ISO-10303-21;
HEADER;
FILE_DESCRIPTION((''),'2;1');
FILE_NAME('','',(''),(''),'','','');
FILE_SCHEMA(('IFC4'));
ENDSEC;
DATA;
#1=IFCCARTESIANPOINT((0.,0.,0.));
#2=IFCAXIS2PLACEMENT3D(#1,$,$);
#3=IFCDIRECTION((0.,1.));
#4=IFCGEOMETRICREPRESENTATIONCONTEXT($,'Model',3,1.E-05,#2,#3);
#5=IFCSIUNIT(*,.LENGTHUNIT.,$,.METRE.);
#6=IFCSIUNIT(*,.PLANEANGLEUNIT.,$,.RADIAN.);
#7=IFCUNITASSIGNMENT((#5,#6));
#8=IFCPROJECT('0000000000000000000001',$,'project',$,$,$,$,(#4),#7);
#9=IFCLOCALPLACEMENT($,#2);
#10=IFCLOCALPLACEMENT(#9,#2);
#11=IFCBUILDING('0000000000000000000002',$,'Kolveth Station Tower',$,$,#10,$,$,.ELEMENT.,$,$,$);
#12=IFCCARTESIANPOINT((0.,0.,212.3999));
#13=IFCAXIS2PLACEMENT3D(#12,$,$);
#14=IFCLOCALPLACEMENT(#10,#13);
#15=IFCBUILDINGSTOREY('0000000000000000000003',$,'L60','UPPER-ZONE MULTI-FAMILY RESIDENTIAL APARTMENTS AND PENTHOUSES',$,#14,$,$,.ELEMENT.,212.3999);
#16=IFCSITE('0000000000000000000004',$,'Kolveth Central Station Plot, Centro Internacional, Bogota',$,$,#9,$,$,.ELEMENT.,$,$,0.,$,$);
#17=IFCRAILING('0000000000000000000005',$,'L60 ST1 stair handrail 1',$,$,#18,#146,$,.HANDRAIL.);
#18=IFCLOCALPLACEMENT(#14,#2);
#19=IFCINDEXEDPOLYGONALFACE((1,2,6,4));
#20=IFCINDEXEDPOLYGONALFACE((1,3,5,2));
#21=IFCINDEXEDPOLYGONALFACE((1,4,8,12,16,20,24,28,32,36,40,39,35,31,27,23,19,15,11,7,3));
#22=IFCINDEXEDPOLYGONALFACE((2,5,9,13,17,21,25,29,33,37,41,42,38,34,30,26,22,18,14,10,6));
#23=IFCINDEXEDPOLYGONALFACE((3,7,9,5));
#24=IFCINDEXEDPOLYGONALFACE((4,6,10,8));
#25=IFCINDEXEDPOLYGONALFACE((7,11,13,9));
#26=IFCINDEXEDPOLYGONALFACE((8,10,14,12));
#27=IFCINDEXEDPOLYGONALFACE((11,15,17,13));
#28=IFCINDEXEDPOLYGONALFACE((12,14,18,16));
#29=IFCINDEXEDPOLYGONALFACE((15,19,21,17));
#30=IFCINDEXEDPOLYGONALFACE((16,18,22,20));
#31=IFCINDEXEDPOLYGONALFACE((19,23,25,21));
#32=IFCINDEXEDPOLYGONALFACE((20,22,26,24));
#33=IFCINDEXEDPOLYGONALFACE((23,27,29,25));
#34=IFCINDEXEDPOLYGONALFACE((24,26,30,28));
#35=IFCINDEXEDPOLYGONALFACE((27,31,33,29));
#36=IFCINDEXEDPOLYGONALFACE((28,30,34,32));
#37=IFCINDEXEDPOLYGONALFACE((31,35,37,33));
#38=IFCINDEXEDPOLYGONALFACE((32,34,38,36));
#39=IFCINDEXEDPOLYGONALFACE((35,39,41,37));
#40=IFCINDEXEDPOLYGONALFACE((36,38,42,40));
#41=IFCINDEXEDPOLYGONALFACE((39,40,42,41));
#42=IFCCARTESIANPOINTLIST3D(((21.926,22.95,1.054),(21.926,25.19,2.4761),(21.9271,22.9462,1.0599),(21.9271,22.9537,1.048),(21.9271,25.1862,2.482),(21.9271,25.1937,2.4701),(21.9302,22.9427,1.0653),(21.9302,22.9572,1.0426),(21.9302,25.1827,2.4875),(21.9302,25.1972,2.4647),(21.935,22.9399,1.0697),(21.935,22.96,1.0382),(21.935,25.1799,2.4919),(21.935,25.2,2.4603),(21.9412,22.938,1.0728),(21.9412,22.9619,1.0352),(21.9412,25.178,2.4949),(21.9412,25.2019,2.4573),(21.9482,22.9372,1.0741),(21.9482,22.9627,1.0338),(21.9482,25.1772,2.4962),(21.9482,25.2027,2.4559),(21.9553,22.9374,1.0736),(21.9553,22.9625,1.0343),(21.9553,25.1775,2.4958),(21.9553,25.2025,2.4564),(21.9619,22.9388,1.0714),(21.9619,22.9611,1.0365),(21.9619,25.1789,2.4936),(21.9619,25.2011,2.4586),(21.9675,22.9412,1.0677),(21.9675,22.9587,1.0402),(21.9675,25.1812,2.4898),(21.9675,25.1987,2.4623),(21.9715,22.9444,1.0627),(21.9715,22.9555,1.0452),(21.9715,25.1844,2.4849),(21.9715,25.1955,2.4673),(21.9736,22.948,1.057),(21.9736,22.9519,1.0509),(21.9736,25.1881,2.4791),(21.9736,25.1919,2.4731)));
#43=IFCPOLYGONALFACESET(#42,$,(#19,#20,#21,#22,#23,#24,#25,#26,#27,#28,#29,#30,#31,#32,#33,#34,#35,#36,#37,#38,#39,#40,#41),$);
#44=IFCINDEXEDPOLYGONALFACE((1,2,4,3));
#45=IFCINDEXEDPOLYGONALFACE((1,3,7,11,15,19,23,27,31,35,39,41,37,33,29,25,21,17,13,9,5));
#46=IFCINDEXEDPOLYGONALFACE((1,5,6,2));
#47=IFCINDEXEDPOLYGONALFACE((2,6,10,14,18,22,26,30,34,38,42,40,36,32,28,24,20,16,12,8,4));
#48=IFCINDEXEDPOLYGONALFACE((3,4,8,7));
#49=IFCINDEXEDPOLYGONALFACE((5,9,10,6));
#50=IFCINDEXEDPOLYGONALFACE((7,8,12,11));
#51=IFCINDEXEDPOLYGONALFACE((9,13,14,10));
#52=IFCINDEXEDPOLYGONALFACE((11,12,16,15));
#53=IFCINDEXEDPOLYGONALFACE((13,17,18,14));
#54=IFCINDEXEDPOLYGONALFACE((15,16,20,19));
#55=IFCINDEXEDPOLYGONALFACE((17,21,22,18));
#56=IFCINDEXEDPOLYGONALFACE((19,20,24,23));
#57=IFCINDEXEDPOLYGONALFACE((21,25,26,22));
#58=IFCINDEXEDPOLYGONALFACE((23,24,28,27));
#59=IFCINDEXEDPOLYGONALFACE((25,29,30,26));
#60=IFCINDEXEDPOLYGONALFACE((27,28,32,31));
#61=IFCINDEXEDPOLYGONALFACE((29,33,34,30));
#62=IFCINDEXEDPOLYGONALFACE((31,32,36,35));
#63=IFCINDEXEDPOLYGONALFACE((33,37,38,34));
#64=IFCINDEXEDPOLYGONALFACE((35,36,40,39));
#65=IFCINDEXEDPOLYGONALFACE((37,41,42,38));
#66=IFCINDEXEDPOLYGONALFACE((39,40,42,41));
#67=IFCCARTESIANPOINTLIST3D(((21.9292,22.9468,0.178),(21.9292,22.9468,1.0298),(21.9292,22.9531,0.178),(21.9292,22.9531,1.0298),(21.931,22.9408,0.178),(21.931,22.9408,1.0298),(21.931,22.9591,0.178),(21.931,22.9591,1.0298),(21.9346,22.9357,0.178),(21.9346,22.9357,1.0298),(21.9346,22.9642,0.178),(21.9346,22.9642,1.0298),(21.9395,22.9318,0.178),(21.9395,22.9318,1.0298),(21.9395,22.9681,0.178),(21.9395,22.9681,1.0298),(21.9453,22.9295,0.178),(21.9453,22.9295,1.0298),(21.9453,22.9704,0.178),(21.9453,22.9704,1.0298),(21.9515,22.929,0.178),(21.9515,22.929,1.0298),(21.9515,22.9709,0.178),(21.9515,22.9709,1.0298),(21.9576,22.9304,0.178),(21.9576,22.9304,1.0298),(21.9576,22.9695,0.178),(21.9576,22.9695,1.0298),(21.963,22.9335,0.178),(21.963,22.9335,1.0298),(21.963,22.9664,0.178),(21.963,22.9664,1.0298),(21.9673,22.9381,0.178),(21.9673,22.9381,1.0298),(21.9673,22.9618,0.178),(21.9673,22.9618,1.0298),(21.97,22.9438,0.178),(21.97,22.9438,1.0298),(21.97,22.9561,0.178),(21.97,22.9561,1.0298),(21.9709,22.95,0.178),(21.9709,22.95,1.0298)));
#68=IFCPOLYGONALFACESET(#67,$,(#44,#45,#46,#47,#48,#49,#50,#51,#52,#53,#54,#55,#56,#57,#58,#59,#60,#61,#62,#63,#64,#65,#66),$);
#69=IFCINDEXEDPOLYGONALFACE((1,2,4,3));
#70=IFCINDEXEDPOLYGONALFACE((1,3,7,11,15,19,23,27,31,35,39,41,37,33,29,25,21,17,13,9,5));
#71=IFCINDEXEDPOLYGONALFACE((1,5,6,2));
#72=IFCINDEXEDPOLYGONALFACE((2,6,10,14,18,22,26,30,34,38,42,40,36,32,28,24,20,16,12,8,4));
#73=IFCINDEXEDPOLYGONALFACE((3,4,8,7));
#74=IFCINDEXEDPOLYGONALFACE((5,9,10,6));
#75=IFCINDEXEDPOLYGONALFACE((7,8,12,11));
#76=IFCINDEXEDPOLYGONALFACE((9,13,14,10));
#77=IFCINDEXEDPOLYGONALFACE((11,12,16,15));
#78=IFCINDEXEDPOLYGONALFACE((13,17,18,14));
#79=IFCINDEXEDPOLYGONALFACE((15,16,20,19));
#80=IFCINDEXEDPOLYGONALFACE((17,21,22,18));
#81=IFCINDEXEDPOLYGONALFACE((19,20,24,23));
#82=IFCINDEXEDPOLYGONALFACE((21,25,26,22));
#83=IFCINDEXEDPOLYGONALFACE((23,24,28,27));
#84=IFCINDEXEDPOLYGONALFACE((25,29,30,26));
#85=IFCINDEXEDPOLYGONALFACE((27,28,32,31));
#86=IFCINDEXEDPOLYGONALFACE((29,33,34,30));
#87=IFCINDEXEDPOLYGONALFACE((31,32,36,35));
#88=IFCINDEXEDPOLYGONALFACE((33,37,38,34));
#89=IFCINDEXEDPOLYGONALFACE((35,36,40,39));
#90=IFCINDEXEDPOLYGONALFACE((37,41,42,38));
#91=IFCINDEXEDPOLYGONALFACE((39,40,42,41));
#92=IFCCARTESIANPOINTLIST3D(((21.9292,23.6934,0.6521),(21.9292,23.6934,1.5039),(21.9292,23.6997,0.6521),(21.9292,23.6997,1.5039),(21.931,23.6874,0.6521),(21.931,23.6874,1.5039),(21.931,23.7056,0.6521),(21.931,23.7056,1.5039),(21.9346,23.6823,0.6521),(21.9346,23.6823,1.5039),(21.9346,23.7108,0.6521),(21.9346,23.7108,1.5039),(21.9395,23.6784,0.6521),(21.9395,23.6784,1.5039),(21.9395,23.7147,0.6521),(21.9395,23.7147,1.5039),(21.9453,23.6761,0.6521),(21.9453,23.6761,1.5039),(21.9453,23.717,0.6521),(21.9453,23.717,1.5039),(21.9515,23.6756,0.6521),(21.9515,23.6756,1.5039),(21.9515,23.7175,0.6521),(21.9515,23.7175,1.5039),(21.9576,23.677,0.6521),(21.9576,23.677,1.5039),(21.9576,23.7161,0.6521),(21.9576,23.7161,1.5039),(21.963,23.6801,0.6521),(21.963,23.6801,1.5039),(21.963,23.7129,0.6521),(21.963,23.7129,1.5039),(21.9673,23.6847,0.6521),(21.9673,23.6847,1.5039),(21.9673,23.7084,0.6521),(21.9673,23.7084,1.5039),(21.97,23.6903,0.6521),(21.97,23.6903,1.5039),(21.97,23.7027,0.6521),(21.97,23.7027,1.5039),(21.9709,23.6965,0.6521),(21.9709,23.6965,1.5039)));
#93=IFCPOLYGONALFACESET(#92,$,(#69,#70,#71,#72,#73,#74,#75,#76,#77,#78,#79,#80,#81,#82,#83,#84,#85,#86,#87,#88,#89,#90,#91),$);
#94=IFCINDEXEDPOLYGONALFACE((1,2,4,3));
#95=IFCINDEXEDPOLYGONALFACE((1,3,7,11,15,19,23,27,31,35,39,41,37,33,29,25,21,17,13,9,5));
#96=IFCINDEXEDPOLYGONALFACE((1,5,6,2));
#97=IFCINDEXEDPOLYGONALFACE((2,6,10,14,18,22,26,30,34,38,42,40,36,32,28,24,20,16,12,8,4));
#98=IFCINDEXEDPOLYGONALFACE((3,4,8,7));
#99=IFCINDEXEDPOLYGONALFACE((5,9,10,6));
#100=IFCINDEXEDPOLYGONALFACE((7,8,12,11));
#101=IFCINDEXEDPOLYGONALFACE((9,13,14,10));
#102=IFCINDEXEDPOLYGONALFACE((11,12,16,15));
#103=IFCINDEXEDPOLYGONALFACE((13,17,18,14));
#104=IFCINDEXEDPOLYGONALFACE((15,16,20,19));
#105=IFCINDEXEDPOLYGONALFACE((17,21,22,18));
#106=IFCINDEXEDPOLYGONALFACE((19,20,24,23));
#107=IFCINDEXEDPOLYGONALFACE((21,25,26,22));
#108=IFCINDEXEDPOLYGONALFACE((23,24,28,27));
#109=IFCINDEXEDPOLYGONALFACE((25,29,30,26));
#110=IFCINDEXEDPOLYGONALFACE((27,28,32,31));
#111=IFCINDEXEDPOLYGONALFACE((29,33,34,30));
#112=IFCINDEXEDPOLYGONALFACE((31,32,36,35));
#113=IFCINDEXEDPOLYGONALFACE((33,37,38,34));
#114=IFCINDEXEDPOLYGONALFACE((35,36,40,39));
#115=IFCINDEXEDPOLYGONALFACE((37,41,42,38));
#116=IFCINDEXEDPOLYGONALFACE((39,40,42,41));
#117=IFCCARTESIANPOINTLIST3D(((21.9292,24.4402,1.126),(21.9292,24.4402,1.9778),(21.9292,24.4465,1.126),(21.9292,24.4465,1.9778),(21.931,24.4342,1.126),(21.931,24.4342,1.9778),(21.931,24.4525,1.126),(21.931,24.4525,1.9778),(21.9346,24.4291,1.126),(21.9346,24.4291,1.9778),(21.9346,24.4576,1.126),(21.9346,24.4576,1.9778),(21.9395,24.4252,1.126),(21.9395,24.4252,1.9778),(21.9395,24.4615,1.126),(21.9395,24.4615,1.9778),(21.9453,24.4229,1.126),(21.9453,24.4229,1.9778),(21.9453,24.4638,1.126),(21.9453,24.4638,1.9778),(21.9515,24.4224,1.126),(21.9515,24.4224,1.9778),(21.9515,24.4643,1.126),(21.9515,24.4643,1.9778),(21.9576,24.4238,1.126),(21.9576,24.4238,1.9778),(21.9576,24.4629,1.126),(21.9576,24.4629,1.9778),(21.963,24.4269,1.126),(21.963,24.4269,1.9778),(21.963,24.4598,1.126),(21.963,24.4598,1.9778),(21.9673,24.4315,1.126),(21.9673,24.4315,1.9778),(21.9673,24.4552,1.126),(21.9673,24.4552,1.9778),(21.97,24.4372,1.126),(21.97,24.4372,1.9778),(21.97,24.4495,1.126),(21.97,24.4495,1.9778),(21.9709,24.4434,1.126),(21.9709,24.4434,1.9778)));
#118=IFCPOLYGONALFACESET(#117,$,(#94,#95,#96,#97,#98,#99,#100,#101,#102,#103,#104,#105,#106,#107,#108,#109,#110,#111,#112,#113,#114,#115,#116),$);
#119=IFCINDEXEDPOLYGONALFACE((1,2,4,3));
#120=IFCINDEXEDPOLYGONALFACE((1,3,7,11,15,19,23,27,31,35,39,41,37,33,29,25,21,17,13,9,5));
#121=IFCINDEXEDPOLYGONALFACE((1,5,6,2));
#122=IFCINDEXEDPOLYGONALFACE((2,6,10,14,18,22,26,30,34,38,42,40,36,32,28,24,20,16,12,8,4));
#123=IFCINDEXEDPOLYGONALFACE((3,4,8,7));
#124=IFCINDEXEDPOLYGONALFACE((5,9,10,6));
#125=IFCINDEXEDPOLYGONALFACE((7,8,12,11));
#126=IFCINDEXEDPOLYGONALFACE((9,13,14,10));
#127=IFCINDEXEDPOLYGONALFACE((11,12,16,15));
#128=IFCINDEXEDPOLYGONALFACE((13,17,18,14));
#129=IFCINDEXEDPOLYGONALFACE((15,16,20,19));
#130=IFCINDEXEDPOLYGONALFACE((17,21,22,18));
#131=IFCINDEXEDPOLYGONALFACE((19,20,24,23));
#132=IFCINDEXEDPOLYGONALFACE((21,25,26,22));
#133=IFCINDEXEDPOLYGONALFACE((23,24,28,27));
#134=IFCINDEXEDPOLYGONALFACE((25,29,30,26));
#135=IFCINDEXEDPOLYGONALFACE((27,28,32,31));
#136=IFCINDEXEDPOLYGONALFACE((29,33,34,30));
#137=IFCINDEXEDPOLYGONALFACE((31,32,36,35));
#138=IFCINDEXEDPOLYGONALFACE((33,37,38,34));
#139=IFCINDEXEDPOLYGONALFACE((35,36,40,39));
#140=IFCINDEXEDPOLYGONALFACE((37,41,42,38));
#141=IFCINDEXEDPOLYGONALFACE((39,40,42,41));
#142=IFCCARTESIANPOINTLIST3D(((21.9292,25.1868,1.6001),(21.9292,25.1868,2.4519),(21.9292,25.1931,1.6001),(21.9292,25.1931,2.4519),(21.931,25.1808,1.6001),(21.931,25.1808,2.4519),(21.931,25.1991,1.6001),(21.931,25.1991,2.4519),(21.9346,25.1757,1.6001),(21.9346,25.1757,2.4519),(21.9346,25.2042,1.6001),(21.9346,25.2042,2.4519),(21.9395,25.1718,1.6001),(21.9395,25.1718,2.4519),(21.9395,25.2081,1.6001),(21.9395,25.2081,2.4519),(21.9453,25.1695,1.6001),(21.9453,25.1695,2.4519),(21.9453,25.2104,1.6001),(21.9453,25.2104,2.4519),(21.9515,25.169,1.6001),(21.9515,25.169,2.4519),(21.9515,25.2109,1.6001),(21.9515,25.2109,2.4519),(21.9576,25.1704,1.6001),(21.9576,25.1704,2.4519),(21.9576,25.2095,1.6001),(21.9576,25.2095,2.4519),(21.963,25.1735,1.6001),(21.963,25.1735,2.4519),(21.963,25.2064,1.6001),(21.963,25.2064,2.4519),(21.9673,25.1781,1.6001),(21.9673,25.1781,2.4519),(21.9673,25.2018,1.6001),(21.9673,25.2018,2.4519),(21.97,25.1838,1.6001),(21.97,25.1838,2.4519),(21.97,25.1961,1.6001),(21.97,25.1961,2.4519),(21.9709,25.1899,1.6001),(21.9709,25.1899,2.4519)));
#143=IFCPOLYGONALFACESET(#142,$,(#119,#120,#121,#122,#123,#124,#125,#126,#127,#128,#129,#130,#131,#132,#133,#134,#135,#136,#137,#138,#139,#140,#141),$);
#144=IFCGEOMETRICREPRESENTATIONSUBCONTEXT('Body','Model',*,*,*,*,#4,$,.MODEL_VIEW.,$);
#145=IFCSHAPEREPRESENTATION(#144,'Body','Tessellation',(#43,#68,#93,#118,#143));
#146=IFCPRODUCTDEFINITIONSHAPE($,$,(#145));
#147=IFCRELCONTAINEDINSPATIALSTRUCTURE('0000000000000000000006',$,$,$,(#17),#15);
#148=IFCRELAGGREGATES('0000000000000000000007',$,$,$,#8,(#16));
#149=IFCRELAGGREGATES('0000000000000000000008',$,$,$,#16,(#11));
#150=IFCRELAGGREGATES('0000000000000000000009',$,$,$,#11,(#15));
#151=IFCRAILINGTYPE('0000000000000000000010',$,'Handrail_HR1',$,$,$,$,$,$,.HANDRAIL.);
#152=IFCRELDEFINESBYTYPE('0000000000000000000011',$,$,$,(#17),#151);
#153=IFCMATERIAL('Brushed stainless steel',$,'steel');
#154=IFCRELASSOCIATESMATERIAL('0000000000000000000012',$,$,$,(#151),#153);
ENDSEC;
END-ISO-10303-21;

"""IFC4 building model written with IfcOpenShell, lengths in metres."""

from ifc_helpers import new_model, si_unit, direction, frame, origin, origin_2d, place, context, subcontext, project, spatial, circle, extrude, material, type_object, element, save


model = new_model("IFC4")

# Units and contexts
model_context = context("Model", 3, precision=1e-05, world=origin(), true_north=direction((0.0, 1.0)))
body_context = subcontext(model_context, "Body", "Model", "MODEL_VIEW")
ifc_project = project(units=[si_unit("LENGTHUNIT", "METRE"), si_unit("PLANEANGLEUNIT", "RADIAN")], contexts=[model_context])

# Site, building, storey
site_placement = place(None, origin())
site = spatial("IfcSite", under=ifc_project, at=site_placement, Name="Kolveth Central Station Plot, Centro Internacional, Bogota", CompositionType="ELEMENT", RefElevation=0.0)
building_placement = place(site_placement, origin())
building = spatial("IfcBuilding", under=site, at=building_placement, Name="Kolveth Station Tower", CompositionType="ELEMENT")
storey_placement = place(building_placement, frame((0.0, 0.0, 212.3999)))
storey = spatial("IfcBuildingStorey", under=building, at=storey_placement, Name="L60", Description="UPPER-ZONE MULTI-FAMILY RESIDENTIAL APARTMENTS AND PENTHOUSES", CompositionType="ELEMENT", Elevation=212.3999)

# Railing
ifc_material_1 = material(Name="Brushed stainless steel", Category="steel")
railing_type_1 = type_object("IfcRailingType", Name="Handrail_HR1", PredefinedType="HANDRAIL", material=ifc_material_1)
for number, where, name in (
    (1, (21.95, 22.95, 0.178), "L60 ST1 stair handrail 1"),
):
    element("IfcRailing", number, at=place(storey_placement, frame(where)), inside=storey, type_object=railing_type_1, Name=name, PredefinedType="HANDRAIL", context=body_context, shape_type="SweptSolid", body=[
        extrude(circle(Radius=0.0239, at=origin_2d()), frame((0.0, 0.0, 0.876), z_axis=(0.0, 0.844229, 0.535982), x_axis=(-1.0, 0.0, 0.0)), (0.0, 0.0, 1.0), 2.6533),
        extrude(circle(Radius=0.021, at=origin_2d()), origin(), (0.0, 0.0, 1.0), 0.8518),
        extrude(circle(Radius=0.021, at=origin_2d()), frame((0.0, 0.7466, 0.4741)), (0.0, 0.0, 1.0), 0.8518),
        extrude(circle(Radius=0.021, at=origin_2d()), frame((0.0, 1.4934, 0.948)), (0.0, 0.0, 1.0), 0.8518),
        extrude(circle(Radius=0.021, at=origin_2d()), frame((0.0, 2.24, 1.4221)), (0.0, 0.0, 1.0), 0.8518),
    ])

save(model, "model.ifc")
